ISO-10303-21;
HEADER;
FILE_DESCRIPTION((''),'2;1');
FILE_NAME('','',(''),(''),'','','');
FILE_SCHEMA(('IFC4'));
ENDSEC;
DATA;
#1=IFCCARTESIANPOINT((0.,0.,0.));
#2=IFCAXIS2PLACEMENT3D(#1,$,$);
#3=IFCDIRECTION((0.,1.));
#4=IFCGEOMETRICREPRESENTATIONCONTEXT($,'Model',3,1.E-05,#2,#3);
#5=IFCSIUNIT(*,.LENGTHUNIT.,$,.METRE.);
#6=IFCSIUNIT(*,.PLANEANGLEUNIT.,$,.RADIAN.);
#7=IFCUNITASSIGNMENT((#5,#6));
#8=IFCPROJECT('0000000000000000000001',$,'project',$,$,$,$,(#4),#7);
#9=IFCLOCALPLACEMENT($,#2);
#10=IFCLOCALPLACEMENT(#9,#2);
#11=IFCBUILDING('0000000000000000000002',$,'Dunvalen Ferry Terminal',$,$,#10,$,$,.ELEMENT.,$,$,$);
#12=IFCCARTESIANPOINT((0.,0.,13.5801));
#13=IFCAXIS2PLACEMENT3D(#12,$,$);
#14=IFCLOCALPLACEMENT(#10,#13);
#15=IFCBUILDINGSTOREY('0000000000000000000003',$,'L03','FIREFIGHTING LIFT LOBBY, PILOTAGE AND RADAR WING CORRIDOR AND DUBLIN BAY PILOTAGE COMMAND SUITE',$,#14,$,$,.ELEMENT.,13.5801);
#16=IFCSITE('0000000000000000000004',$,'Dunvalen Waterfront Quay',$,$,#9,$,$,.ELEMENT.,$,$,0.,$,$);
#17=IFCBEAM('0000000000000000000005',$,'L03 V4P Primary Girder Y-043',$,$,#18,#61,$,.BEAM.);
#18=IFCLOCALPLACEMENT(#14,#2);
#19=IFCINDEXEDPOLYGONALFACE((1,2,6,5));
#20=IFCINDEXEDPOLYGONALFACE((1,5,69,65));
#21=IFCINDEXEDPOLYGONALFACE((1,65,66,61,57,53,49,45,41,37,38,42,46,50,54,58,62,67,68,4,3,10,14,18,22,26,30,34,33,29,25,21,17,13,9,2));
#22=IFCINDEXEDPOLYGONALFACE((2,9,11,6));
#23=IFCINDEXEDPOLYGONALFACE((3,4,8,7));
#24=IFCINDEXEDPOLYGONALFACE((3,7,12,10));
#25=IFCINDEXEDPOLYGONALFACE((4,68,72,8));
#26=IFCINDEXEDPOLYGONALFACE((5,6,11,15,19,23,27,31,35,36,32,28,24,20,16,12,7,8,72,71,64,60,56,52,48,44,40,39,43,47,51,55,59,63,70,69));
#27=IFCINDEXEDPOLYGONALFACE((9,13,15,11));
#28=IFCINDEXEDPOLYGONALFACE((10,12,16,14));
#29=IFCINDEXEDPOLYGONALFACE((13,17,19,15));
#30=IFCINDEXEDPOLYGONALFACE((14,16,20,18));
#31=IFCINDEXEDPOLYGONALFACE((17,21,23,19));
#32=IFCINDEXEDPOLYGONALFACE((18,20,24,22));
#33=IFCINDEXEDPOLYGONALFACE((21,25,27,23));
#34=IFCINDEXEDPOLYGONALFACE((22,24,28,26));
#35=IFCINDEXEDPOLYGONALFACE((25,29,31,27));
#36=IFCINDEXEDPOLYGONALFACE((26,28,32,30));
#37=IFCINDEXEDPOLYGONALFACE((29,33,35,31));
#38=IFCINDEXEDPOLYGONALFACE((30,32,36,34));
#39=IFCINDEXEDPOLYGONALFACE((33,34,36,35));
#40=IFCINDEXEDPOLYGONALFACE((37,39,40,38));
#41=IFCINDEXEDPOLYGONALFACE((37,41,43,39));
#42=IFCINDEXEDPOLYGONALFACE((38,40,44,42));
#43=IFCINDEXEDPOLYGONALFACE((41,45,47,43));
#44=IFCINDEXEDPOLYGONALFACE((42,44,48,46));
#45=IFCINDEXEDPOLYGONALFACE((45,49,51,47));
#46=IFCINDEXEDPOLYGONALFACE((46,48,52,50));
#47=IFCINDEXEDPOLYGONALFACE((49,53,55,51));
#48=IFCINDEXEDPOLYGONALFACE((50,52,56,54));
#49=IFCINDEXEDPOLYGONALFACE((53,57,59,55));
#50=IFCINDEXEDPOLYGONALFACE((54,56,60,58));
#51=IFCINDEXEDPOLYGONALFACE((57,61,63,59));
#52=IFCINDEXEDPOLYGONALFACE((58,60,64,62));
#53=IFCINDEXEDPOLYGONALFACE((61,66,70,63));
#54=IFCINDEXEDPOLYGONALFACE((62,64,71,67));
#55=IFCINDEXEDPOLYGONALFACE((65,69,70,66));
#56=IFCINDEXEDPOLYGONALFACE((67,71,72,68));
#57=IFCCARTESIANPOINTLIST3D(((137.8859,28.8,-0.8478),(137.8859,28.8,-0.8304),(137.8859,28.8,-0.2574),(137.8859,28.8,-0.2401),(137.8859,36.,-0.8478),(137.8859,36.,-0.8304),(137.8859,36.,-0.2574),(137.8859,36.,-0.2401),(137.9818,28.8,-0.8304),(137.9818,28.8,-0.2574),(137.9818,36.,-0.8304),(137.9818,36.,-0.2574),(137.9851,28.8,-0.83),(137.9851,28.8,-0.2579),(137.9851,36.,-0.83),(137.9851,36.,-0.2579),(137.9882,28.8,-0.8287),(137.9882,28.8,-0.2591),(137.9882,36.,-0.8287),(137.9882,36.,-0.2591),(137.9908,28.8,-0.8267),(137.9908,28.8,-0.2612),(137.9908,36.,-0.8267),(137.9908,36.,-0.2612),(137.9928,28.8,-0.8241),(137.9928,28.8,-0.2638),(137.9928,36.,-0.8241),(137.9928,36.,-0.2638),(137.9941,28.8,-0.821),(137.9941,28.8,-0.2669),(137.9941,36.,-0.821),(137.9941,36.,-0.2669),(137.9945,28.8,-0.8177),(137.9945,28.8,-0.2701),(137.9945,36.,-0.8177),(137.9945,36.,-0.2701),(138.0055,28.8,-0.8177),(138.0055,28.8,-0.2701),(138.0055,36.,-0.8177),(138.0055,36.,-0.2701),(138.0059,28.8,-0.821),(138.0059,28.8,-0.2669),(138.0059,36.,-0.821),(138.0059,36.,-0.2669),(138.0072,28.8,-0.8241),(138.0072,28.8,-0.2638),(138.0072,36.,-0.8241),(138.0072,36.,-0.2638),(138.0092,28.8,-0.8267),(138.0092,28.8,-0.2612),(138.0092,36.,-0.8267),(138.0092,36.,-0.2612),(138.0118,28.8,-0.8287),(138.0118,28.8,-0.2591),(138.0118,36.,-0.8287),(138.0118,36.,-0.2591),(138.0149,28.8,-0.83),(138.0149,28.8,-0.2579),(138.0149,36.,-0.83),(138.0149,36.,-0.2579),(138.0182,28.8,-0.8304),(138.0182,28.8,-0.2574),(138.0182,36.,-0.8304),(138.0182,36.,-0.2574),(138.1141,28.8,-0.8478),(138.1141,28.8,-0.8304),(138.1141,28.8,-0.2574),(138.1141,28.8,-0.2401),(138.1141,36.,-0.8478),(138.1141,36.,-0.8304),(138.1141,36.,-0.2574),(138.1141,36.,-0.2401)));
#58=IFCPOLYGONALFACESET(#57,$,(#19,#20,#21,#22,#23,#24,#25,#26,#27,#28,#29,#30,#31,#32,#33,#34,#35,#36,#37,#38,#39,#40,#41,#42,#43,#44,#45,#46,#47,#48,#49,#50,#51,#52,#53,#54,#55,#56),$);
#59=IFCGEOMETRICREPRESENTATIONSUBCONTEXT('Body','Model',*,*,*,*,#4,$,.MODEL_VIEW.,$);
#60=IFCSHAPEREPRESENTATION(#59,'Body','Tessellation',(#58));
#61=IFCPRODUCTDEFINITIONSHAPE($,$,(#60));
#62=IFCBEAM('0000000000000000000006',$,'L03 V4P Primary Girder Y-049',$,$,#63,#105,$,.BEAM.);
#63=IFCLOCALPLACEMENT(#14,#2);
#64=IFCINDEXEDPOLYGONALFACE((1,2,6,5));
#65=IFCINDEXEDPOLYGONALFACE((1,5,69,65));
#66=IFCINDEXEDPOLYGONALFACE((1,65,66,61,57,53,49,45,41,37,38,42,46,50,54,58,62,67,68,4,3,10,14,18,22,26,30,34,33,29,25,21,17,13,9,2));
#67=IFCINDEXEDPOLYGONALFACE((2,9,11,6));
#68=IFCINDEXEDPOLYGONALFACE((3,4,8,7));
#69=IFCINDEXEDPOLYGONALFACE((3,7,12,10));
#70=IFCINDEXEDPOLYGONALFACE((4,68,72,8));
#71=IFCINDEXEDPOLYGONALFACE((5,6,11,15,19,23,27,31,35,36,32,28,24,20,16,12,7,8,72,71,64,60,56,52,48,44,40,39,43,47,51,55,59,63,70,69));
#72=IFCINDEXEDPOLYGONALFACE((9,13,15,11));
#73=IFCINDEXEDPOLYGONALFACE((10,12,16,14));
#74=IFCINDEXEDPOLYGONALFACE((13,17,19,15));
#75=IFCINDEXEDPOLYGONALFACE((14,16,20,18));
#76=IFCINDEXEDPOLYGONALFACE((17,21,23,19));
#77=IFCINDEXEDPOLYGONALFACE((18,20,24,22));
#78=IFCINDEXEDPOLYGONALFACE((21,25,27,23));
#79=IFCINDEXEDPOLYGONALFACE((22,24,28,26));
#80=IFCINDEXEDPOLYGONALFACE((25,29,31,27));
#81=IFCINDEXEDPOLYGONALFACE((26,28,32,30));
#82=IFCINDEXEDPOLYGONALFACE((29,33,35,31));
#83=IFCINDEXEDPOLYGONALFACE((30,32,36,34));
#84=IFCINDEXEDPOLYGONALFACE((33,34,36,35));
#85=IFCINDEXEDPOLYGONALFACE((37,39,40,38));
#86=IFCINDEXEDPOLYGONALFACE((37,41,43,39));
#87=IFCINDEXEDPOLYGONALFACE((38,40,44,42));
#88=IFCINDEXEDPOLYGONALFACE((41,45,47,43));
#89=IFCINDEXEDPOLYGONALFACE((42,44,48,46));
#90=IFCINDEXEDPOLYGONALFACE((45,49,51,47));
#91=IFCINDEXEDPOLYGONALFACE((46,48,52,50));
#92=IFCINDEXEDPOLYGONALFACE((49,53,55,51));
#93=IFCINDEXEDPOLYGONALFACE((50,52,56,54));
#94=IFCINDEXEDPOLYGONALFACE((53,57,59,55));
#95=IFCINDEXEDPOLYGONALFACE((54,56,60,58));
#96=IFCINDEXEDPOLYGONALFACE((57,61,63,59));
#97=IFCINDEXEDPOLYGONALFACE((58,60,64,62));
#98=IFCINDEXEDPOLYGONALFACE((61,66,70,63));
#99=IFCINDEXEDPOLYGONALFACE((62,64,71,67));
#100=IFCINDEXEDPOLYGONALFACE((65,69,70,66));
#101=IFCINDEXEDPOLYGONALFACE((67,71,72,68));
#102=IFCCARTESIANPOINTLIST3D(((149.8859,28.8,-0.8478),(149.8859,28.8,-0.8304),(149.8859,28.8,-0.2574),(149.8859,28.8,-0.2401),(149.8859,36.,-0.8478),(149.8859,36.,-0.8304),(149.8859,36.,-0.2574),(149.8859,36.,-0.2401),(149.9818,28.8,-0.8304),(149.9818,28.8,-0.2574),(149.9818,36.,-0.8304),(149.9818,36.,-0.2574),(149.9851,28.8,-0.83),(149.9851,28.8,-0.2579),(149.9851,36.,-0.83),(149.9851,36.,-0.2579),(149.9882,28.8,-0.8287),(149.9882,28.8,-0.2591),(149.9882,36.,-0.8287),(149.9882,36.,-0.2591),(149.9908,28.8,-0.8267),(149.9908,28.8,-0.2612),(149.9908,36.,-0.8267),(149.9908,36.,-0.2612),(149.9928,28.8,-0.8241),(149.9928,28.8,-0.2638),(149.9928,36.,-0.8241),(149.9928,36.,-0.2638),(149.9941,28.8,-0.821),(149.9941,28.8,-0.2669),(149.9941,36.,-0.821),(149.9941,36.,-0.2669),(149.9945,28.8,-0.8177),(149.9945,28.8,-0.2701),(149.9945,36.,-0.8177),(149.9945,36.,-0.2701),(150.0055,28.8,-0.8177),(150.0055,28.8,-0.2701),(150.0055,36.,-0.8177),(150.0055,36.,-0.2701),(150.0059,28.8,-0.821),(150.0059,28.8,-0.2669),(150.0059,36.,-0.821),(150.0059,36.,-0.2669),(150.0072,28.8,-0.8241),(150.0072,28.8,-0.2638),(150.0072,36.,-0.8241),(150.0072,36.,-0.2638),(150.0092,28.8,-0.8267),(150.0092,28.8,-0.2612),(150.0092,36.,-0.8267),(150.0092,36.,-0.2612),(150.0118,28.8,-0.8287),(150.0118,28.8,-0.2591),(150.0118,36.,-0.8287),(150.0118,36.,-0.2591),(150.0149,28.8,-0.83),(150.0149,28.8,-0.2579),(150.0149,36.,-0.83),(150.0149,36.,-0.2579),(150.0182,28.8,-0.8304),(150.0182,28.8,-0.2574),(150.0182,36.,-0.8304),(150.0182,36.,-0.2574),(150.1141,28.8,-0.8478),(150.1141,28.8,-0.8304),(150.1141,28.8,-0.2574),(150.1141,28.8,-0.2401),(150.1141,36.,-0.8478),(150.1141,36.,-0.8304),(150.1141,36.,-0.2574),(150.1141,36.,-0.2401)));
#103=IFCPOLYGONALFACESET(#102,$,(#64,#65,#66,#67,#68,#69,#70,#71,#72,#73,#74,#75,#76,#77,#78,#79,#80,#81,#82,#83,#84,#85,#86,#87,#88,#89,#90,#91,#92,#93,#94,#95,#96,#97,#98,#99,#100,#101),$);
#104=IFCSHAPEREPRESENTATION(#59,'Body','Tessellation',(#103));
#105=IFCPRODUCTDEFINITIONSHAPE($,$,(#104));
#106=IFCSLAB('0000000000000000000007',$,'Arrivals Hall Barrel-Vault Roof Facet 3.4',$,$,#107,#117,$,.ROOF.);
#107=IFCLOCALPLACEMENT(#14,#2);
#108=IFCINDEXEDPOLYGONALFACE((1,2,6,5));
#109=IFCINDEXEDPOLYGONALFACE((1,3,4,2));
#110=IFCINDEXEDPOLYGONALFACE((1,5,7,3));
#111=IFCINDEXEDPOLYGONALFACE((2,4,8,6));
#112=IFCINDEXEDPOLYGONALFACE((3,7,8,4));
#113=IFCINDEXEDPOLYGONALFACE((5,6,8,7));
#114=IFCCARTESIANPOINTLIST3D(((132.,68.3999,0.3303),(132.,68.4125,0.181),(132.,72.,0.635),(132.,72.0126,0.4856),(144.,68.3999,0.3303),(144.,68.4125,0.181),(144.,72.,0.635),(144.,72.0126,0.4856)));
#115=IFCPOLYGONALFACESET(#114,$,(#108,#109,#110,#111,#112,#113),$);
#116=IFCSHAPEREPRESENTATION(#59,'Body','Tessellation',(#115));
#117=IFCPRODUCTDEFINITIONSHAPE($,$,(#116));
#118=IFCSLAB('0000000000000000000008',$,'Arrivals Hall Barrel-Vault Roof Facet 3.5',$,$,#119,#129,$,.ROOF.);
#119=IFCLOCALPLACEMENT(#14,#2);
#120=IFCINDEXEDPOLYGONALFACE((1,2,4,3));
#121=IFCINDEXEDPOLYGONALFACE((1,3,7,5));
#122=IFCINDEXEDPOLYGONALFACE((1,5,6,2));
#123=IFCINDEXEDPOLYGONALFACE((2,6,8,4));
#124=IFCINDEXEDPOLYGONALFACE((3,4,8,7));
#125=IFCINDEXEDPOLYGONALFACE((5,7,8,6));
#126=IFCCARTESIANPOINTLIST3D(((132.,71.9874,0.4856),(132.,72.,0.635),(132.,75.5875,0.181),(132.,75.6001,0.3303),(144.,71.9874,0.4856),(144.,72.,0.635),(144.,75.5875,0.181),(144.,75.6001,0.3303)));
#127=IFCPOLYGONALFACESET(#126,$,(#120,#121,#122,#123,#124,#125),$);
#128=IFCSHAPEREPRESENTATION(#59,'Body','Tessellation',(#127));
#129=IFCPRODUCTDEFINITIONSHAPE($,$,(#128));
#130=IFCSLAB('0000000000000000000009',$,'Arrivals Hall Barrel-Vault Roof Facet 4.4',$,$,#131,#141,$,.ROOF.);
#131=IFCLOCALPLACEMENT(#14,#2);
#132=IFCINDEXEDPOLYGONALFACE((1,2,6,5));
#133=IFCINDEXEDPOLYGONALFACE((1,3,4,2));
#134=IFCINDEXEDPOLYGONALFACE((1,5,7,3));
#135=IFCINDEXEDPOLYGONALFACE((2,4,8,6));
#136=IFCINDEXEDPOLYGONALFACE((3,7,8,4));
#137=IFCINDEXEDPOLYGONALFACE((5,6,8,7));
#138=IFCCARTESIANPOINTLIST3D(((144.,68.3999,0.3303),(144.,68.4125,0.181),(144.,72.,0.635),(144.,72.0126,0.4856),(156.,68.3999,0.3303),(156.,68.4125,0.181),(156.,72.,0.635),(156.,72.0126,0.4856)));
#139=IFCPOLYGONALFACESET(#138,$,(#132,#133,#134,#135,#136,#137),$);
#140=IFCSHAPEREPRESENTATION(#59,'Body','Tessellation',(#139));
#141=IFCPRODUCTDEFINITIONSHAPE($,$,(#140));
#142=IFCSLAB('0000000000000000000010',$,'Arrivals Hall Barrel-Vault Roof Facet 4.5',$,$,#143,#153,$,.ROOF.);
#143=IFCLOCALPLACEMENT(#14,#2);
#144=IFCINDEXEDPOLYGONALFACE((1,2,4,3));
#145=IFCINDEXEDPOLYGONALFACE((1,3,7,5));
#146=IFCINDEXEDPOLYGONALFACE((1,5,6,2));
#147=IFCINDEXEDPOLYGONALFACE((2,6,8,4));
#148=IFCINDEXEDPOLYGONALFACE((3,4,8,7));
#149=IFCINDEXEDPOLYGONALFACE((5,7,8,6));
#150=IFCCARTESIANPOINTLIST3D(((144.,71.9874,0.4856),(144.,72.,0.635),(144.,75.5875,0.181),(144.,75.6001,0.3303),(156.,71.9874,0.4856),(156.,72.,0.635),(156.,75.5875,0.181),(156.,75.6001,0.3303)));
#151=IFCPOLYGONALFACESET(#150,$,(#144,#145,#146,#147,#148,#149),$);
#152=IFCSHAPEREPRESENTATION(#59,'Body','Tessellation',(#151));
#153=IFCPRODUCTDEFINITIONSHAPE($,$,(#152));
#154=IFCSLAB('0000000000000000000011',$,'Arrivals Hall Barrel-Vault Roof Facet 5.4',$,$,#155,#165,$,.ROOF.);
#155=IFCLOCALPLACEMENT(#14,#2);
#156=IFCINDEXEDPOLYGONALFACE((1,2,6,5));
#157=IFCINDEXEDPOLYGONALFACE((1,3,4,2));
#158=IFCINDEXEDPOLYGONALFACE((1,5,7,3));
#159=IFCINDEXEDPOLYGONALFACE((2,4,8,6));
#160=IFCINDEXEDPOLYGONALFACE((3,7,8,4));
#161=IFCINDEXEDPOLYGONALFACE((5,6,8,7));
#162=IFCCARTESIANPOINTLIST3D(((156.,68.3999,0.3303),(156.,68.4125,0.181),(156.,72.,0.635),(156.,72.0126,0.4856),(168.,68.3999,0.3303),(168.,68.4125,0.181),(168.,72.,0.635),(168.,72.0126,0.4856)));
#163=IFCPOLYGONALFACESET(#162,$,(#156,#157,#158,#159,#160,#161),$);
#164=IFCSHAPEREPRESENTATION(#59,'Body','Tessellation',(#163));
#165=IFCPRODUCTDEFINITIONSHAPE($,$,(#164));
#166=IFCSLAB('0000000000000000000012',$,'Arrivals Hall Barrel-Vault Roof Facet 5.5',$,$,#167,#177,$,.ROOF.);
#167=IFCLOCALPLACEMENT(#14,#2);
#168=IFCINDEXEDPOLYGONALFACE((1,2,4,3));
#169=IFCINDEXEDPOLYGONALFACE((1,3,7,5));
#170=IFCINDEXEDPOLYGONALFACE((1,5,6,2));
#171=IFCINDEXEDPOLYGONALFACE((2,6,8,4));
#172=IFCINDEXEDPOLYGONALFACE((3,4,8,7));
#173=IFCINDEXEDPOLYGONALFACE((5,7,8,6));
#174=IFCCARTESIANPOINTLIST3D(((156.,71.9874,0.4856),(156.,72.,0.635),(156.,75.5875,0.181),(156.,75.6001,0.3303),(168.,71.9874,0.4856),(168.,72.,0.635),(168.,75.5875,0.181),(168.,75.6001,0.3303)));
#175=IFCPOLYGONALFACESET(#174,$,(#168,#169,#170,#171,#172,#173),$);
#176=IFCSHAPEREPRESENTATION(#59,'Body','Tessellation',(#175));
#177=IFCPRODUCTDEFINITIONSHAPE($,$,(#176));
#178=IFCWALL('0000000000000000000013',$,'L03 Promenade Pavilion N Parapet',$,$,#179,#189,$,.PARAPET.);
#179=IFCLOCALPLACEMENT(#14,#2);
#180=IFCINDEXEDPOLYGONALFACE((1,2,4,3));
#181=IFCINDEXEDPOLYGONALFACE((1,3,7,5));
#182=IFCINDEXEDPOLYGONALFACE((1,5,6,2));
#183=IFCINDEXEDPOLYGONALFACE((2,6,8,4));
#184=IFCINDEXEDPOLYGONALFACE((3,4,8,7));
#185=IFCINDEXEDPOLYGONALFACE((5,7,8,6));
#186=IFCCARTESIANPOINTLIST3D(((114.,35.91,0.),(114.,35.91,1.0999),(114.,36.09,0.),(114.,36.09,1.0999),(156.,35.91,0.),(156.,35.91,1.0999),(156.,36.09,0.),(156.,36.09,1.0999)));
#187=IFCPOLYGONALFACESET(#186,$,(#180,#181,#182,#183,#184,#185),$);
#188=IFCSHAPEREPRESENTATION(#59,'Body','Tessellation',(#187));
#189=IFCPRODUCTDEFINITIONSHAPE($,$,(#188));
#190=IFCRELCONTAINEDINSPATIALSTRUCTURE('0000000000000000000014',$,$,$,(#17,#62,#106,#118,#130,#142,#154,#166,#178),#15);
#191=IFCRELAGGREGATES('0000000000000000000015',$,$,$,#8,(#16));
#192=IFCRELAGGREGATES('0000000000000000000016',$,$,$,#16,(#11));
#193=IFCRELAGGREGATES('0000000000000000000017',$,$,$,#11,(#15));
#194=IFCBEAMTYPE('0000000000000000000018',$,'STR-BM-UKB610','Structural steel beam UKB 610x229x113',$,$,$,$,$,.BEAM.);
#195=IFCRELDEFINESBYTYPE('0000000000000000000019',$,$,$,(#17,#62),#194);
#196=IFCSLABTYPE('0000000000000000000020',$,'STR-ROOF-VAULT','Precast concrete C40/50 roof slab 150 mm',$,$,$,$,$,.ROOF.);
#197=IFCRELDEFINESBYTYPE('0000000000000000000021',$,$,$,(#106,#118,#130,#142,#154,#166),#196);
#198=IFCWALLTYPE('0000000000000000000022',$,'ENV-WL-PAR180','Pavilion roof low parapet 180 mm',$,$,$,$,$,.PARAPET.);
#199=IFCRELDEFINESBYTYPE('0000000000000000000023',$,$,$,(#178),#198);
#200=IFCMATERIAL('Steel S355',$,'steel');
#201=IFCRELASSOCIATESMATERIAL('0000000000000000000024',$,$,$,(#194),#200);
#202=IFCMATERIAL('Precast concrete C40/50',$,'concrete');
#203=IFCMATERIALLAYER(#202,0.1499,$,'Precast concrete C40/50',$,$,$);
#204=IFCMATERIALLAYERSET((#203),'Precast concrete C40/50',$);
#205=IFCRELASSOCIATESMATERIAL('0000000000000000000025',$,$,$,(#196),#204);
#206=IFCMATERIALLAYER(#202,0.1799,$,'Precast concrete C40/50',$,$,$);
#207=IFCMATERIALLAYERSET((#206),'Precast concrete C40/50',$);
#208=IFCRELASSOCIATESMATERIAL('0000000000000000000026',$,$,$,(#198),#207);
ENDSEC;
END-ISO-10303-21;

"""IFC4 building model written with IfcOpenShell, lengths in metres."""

from ifc_helpers import new_model, si_unit, direction, frame, frame_2d, origin, origin_2d, place, context, subcontext, project, spatial, polyline, rectangle, i_section, outline, extrude, material, layer, layer_set, material_profile, profile_set, type_object, element, save


model = new_model("IFC4")

# Units and contexts
model_context = context("Model", 3, precision=1e-05, world=origin(), true_north=direction((0.0, 1.0)))
body_context = subcontext(model_context, "Body", "Model", "MODEL_VIEW")
ifc_project = project(units=[si_unit("LENGTHUNIT", "METRE"), si_unit("PLANEANGLEUNIT", "RADIAN")], contexts=[model_context])

# Site, building, storey
site_placement = place(None, origin())
site = spatial("IfcSite", under=ifc_project, at=site_placement, Name="Dunvalen Waterfront Quay", CompositionType="ELEMENT", RefElevation=0.0)
building_placement = place(site_placement, origin())
building = spatial("IfcBuilding", under=site, at=building_placement, Name="Dunvalen Ferry Terminal", CompositionType="ELEMENT")
storey_placement = place(building_placement, frame((0.0, 0.0, 13.5801)))
storey = spatial("IfcBuildingStorey", under=building, at=storey_placement, Name="L03", Description="FIREFIGHTING LIFT LOBBY, PILOTAGE AND RADAR WING CORRIDOR AND DUBLIN BAY PILOTAGE COMMAND SUITE", CompositionType="ELEMENT", Elevation=13.5801)

# Beams
ifc_material_1 = material(Name="Steel S355", Category="steel")
ifc_material_profile_1 = material_profile(ifc_material_1, i_section(OverallWidth=0.2283, OverallDepth=0.6077, WebThickness=0.011, FlangeThickness=0.0173, FilletRadius=0.0127, at=origin_2d()), Name="Steel S355")
ifc_profile_set_1 = profile_set([ifc_material_profile_1], Name="Steel S355")
beam_type_1 = type_object("IfcBeamType", Name="STR-BM-UKB610", Description="Structural steel beam UKB 610x229x113", PredefinedType="BEAM", material=ifc_profile_set_1)
for number, where, z_axis, x_axis, name in (
    (1, (138.0, 28.8, -0.5439), (0.0, 1.0, 0.0), (-1.0, 0.0, 0.0), "L03 V4P Primary Girder Y-043"),
    (2, (150.0, 28.8, -0.5439), (0.0, 1.0, 0.0), (-1.0, 0.0, 0.0), "L03 V4P Primary Girder Y-049"),
):
    element("IfcBeam", number, at=place(storey_placement, frame(where, z_axis=z_axis, x_axis=x_axis)), inside=storey, type_object=beam_type_1, Name=name, PredefinedType="BEAM", context=body_context, shape_type="SweptSolid", body=[
        extrude(i_section(OverallWidth=0.2283, OverallDepth=0.6077, WebThickness=0.011, FlangeThickness=0.0173, FilletRadius=0.0127, at=origin_2d()), origin(), (0.0, 0.0, 1.0), 7.2),
    ])

# Slabs
ifc_material_2 = material(Name="Precast concrete C40/50", Category="concrete")
ifc_layer_1 = layer(ifc_material_2, 0.1499, Name="Precast concrete C40/50")
ifc_layer_set_1 = layer_set([ifc_layer_1], Name="Precast concrete C40/50")
slab_type = type_object("IfcSlabType", Name="STR-ROOF-VAULT", Description="Precast concrete C40/50 roof slab 150 mm", PredefinedType="ROOF", material=ifc_layer_set_1)
for number, where, z_axis, x_axis, name in (
    (3, (132.0, 68.3999, 0.3303), (0.0, -0.084332, 0.996438), (1.0, 0.0, 0.0), "Arrivals Hall Barrel-Vault Roof Facet 3.4"),
    (4, (132.0, 72.0, 0.635), (0.0, 0.084332, 0.996438), (1.0, 0.0, 0.0), "Arrivals Hall Barrel-Vault Roof Facet 3.5"),
    (5, (144.0, 68.3999, 0.3303), (0.0, -0.084332, 0.996438), (1.0, 0.0, 0.0), "Arrivals Hall Barrel-Vault Roof Facet 4.4"),
    (6, (144.0, 72.0, 0.635), (0.0, 0.084332, 0.996438), (1.0, 0.0, 0.0), "Arrivals Hall Barrel-Vault Roof Facet 4.5"),
    (7, (156.0, 68.3999, 0.3303), (0.0, -0.084332, 0.996438), (1.0, 0.0, 0.0), "Arrivals Hall Barrel-Vault Roof Facet 5.4"),
    (8, (156.0, 72.0, 0.635), (0.0, 0.084332, 0.996438), (1.0, 0.0, 0.0), "Arrivals Hall Barrel-Vault Roof Facet 5.5"),
):
    element("IfcSlab", number, at=place(storey_placement, frame(where, z_axis=z_axis, x_axis=x_axis)), inside=storey, type_object=slab_type, Name=name, PredefinedType="ROOF", context=body_context, shape_type="SweptSolid", body=[
        extrude(outline(polyline([(0.0, 0.0), (12.0, 0.0), (12.0, 3.613), (0.0, 3.613), (0.0, 0.0)])), origin(), (0.0, 0.0, -1.0), 0.1499),
    ])

# Wall
ifc_layer_2 = layer(ifc_material_2, 0.1799, Name="Precast concrete C40/50")
ifc_layer_set_2 = layer_set([ifc_layer_2], Name="Precast concrete C40/50")
wall_type = type_object("IfcWallType", Name="ENV-WL-PAR180", Description="Pavilion roof low parapet 180 mm", PredefinedType="PARAPET", material=ifc_layer_set_2)
wall_placement = place(storey_placement, frame((156.0, 36.0, 0.0), z_axis=(0.0, 0.0, 1.0), x_axis=(-1.0, 0.0, 0.0)))
element("IfcWall", 9, at=wall_placement, inside=storey, type_object=wall_type, Name="L03 Promenade Pavilion N Parapet", PredefinedType="PARAPET", context=body_context, shape_type="SweptSolid", body=[
    extrude(rectangle(XDim=42.0, YDim=0.1799, at=frame_2d((21.0, 0.0))), origin(), (0.0, 0.0, 1.0), 1.0999),
])

save(model, "model.ifc")
